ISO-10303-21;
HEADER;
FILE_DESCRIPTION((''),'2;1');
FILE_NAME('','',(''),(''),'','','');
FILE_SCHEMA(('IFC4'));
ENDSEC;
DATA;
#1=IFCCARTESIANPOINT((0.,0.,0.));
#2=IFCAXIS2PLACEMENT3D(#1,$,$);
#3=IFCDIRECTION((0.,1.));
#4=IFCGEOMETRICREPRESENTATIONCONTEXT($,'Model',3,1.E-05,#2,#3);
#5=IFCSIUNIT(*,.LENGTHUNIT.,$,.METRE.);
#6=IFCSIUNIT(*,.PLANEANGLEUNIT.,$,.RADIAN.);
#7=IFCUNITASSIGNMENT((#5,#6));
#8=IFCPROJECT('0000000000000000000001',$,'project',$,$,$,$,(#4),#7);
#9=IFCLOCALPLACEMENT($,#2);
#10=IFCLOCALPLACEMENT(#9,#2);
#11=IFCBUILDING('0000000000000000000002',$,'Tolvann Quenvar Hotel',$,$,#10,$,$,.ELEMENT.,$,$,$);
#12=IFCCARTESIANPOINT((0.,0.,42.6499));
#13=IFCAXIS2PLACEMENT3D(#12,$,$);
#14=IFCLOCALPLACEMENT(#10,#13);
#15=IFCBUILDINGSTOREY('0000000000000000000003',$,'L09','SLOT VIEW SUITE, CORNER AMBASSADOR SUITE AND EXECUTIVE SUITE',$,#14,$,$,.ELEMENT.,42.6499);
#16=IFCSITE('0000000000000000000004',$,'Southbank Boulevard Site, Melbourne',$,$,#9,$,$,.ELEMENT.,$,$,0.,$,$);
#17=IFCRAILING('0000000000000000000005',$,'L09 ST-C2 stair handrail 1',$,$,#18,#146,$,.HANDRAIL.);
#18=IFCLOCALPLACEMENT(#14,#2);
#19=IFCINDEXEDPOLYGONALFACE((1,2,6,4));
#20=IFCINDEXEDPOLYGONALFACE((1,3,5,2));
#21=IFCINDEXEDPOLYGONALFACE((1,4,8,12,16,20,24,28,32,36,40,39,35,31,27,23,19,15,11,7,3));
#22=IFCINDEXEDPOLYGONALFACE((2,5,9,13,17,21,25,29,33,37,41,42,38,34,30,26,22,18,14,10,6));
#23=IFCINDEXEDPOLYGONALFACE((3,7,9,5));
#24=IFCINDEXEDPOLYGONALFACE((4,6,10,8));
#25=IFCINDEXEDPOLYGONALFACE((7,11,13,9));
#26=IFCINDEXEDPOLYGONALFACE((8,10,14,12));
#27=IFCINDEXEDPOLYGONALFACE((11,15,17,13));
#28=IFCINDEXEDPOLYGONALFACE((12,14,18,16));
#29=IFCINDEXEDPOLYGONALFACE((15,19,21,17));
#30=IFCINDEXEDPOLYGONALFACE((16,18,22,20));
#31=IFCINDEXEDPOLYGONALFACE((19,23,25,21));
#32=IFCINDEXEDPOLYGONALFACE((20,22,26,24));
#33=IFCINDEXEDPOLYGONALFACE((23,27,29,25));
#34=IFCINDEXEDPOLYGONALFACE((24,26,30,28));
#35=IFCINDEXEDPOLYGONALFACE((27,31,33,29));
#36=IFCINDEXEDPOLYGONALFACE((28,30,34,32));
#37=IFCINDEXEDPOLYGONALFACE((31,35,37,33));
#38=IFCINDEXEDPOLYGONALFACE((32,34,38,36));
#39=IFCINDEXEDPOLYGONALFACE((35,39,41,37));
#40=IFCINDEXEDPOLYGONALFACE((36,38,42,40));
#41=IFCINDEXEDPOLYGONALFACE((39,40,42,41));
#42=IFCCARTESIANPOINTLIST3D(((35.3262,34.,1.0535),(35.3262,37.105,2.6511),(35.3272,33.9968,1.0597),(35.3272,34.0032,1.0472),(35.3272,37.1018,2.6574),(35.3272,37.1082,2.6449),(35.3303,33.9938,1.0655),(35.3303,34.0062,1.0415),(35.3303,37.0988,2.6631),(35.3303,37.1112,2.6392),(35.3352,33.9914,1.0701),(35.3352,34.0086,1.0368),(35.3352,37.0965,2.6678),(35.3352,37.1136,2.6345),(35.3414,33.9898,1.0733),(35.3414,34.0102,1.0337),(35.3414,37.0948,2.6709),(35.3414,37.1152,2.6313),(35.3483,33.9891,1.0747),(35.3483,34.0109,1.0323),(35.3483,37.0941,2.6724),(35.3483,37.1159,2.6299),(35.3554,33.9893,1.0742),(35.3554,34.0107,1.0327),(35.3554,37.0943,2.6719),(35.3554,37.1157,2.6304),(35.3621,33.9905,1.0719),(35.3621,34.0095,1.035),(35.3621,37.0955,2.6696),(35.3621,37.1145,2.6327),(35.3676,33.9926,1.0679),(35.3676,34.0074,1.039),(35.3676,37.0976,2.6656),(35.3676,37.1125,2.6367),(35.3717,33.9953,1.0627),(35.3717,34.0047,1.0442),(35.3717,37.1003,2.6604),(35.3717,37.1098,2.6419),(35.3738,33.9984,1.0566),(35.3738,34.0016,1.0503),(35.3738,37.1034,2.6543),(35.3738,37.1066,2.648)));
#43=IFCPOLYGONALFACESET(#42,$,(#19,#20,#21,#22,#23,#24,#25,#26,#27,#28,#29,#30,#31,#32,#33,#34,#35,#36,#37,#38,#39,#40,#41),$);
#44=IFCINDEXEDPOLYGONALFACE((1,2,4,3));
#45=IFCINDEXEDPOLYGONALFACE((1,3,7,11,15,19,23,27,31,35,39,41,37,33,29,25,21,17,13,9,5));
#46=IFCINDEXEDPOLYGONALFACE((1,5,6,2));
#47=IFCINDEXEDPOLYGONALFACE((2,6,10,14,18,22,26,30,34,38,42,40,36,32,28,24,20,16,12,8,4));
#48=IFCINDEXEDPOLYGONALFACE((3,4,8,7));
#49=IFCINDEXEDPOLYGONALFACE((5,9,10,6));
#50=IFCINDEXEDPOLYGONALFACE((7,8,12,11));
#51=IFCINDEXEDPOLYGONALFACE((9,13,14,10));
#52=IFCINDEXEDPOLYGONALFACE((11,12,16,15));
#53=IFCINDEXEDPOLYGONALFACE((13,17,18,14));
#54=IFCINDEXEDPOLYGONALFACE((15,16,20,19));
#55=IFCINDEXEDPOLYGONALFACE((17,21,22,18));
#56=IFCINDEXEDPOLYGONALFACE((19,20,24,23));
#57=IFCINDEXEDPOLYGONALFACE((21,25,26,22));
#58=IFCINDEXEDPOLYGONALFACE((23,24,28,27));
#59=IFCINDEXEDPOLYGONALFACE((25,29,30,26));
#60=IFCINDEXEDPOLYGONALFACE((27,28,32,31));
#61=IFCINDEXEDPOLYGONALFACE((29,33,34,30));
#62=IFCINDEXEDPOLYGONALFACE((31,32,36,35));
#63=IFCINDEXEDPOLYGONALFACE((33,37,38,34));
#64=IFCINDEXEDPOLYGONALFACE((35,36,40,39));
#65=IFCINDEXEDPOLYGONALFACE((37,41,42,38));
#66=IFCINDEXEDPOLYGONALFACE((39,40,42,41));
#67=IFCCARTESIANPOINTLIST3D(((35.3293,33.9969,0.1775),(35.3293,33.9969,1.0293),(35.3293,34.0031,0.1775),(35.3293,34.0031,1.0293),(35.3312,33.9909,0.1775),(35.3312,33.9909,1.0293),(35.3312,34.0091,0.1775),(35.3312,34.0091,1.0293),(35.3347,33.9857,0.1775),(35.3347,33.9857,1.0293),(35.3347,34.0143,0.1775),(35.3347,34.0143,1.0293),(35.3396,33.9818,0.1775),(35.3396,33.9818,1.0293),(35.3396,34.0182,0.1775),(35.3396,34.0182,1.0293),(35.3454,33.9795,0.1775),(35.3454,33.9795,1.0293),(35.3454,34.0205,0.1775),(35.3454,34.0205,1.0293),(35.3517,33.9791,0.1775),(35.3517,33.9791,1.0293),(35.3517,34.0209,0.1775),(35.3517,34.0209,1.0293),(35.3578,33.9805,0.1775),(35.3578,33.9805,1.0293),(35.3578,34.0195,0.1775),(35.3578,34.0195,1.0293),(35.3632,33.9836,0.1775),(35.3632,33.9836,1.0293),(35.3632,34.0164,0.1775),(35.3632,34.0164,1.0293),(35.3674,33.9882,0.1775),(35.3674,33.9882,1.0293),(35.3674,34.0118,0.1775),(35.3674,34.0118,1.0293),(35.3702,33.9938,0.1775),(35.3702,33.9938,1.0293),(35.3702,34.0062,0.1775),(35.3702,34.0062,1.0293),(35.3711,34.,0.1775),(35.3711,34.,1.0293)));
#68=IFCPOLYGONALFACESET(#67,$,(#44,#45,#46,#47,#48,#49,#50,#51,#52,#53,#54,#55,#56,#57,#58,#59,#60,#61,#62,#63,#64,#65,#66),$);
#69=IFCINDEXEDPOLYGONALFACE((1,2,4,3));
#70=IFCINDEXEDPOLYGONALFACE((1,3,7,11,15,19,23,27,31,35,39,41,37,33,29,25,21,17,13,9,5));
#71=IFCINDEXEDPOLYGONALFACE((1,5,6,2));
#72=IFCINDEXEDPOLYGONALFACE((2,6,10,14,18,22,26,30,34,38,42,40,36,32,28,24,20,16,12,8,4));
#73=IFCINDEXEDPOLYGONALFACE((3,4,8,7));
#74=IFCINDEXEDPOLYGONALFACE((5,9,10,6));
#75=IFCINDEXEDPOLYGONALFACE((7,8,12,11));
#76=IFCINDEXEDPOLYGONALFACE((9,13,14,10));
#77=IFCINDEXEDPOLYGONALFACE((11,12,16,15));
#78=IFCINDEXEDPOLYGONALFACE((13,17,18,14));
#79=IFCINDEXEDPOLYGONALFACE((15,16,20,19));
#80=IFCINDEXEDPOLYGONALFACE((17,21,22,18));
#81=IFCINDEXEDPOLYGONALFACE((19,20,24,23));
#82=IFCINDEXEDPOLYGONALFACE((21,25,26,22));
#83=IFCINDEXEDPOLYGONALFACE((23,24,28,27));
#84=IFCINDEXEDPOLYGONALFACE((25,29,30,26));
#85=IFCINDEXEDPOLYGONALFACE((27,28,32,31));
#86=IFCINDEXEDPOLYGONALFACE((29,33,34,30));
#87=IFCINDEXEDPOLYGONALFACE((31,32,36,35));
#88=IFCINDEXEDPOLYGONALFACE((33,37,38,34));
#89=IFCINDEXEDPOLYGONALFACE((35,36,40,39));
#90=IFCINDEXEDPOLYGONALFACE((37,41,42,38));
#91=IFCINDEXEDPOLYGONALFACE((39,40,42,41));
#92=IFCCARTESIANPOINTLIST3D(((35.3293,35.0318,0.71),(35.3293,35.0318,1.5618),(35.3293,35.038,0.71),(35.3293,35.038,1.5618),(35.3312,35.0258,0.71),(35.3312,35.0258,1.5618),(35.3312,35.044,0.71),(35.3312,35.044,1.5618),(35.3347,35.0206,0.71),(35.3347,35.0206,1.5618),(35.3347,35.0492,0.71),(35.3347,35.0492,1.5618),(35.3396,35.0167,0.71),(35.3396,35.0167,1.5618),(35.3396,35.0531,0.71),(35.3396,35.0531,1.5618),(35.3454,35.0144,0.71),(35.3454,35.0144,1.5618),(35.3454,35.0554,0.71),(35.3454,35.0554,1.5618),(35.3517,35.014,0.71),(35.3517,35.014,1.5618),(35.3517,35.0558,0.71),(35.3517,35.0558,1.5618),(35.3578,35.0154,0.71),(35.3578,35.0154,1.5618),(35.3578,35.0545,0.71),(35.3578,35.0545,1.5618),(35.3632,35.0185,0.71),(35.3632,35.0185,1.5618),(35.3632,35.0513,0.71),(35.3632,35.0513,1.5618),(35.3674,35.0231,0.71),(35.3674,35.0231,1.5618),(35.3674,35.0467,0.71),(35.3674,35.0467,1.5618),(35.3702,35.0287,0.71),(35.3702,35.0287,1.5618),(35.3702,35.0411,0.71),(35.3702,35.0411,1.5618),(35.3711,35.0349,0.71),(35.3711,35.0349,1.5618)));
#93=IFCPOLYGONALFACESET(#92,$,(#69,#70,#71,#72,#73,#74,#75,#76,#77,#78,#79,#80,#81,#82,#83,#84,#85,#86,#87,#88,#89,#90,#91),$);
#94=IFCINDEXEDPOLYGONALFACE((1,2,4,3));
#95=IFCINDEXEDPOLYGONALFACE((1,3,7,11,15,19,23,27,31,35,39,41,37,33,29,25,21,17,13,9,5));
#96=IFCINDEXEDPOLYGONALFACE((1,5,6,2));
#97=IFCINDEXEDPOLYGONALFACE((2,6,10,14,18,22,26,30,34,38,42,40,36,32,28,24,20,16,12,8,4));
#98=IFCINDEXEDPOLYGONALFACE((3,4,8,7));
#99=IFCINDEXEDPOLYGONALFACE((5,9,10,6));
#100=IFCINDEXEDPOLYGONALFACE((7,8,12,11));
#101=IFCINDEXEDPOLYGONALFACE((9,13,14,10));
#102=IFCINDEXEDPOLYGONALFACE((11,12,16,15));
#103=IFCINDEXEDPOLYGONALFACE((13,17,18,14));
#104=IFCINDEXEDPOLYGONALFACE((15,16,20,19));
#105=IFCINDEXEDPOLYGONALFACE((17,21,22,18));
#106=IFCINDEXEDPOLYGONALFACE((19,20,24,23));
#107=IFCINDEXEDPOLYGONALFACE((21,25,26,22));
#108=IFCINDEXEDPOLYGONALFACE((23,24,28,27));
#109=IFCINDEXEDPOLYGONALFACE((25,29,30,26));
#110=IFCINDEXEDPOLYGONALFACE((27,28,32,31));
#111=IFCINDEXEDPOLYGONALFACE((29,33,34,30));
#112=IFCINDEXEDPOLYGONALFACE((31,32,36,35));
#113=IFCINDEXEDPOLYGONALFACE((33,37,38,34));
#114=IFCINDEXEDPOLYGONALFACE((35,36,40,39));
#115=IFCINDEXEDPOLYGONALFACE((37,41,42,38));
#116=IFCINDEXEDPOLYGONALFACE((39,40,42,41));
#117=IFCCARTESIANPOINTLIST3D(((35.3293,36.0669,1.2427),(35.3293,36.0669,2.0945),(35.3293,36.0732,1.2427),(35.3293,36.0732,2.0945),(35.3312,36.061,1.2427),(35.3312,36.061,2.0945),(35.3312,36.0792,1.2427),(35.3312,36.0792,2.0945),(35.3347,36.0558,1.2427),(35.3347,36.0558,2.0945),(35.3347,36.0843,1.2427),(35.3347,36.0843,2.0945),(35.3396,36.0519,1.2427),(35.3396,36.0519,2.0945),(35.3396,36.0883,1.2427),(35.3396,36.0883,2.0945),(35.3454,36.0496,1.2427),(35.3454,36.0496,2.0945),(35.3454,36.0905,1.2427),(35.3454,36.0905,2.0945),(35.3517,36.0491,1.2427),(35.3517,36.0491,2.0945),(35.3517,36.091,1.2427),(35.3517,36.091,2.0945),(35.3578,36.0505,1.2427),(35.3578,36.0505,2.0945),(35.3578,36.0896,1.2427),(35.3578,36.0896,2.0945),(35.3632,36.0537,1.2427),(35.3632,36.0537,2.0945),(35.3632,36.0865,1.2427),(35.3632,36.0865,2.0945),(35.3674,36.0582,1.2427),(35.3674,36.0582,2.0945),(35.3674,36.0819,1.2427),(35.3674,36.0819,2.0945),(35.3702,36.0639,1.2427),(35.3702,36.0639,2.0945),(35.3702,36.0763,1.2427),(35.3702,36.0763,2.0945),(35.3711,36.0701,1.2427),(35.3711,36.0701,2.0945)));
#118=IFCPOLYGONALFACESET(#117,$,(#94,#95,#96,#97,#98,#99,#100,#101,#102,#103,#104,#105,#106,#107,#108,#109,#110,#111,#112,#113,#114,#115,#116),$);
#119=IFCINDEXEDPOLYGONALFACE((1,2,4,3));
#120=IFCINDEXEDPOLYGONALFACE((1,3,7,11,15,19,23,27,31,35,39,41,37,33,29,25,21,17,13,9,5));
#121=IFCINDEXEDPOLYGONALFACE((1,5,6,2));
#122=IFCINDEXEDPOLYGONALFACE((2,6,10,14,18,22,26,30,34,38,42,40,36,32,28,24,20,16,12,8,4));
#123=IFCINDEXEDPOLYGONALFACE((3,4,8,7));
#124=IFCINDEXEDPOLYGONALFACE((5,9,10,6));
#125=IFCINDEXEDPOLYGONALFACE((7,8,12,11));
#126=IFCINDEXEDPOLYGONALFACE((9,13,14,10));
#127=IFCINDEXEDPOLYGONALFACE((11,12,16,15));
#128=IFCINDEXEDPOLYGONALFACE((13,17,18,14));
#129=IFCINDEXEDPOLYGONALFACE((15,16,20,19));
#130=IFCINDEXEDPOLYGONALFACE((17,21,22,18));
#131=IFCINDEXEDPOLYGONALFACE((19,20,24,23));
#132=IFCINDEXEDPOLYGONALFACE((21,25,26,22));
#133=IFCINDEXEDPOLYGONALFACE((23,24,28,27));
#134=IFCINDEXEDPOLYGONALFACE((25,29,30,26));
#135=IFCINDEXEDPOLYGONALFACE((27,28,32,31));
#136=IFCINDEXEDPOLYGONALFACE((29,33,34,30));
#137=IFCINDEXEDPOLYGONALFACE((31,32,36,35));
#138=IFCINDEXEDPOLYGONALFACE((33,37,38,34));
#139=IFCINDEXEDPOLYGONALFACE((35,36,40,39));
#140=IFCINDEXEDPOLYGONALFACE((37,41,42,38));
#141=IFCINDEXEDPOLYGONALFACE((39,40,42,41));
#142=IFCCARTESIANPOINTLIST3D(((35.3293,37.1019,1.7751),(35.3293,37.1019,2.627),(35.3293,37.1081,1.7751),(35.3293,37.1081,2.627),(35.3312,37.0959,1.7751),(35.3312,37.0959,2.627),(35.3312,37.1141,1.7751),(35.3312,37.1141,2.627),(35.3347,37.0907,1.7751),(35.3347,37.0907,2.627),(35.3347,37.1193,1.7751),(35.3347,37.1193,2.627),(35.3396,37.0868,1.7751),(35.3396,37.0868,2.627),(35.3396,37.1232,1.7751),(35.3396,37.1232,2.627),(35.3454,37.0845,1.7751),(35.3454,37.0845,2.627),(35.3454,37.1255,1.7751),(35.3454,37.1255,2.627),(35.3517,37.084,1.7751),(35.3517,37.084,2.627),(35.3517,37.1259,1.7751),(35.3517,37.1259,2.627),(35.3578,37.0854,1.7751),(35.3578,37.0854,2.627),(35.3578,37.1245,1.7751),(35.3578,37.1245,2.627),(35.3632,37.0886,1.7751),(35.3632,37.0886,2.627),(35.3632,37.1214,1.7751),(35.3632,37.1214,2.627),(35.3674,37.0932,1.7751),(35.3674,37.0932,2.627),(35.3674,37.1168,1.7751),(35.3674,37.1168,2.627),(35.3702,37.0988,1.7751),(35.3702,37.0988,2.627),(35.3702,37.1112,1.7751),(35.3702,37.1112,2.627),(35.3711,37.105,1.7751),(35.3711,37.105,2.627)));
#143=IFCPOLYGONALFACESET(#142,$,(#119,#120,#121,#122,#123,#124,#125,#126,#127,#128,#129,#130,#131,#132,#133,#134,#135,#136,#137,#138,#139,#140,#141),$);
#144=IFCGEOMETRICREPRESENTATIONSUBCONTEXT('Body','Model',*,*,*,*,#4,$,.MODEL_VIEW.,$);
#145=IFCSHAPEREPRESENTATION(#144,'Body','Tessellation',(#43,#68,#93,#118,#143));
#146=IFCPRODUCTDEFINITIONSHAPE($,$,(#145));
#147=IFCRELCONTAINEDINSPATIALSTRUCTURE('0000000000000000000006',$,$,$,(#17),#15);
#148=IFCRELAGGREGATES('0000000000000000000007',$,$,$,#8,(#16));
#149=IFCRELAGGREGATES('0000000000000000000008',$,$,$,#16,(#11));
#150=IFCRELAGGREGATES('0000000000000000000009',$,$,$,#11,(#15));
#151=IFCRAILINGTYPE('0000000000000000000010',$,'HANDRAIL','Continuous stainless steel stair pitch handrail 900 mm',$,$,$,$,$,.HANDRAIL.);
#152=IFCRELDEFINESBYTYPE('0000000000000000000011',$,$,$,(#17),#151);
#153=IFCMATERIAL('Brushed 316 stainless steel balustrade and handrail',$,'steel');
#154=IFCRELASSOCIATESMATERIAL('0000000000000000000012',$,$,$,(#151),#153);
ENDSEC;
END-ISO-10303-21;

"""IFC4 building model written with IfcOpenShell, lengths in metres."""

from ifc_helpers import new_model, si_unit, direction, frame, origin, origin_2d, place, context, subcontext, project, spatial, circle, extrude, material, type_object, element, save


model = new_model("IFC4")

# Units and contexts
model_context = context("Model", 3, precision=1e-05, world=origin(), true_north=direction((0.0, 1.0)))
body_context = subcontext(model_context, "Body", "Model", "MODEL_VIEW")
ifc_project = project(units=[si_unit("LENGTHUNIT", "METRE"), si_unit("PLANEANGLEUNIT", "RADIAN")], contexts=[model_context])

# Site, building, storey
site_placement = place(None, origin())
site = spatial("IfcSite", under=ifc_project, at=site_placement, Name="Southbank Boulevard Site, Melbourne", CompositionType="ELEMENT", RefElevation=0.0)
building_placement = place(site_placement, origin())
building = spatial("IfcBuilding", under=site, at=building_placement, Name="Tolvann Quenvar Hotel", CompositionType="ELEMENT")
storey_placement = place(building_placement, frame((0.0, 0.0, 42.6499)))
storey = spatial("IfcBuildingStorey", under=building, at=storey_placement, Name="L09", Description="SLOT VIEW SUITE, CORNER AMBASSADOR SUITE AND EXECUTIVE SUITE", CompositionType="ELEMENT", Elevation=42.6499)

# Railing
ifc_material_1 = material(Name="Brushed 316 stainless steel balustrade and handrail", Category="steel")
railing_type_1 = type_object("IfcRailingType", Name="HANDRAIL", Description="Continuous stainless steel stair pitch handrail 900 mm", PredefinedType="HANDRAIL", material=ifc_material_1)
railing_1_placement = place(storey_placement, frame((35.3501, 34.0, 0.1775)))
element("IfcRailing", 1, at=railing_1_placement, inside=storey, type_object=railing_type_1, Name="L09 ST-C2 stair handrail 1", PredefinedType="HANDRAIL", context=body_context, shape_type="SweptSolid", body=[
    extrude(circle(Radius=0.0239, at=origin_2d()), frame((0.0, 0.0, 0.876), z_axis=(0.0, 0.889194, 0.457531), x_axis=(-1.0, 0.0, 0.0)), (0.0, 0.0, 1.0), 3.4919),
    extrude(circle(Radius=0.021, at=origin_2d()), origin(), (0.0, 0.0, 1.0), 0.8518),
    extrude(circle(Radius=0.021, at=origin_2d()), frame((0.0, 1.0349, 0.5325)), (0.0, 0.0, 1.0), 0.8518),
    extrude(circle(Radius=0.021, at=origin_2d()), frame((0.0, 2.0701, 1.0652)), (0.0, 0.0, 1.0), 0.8518),
    extrude(circle(Radius=0.021, at=origin_2d()), frame((0.0, 3.105, 1.5977)), (0.0, 0.0, 1.0), 0.8518),
])

save(model, "model.ifc")
